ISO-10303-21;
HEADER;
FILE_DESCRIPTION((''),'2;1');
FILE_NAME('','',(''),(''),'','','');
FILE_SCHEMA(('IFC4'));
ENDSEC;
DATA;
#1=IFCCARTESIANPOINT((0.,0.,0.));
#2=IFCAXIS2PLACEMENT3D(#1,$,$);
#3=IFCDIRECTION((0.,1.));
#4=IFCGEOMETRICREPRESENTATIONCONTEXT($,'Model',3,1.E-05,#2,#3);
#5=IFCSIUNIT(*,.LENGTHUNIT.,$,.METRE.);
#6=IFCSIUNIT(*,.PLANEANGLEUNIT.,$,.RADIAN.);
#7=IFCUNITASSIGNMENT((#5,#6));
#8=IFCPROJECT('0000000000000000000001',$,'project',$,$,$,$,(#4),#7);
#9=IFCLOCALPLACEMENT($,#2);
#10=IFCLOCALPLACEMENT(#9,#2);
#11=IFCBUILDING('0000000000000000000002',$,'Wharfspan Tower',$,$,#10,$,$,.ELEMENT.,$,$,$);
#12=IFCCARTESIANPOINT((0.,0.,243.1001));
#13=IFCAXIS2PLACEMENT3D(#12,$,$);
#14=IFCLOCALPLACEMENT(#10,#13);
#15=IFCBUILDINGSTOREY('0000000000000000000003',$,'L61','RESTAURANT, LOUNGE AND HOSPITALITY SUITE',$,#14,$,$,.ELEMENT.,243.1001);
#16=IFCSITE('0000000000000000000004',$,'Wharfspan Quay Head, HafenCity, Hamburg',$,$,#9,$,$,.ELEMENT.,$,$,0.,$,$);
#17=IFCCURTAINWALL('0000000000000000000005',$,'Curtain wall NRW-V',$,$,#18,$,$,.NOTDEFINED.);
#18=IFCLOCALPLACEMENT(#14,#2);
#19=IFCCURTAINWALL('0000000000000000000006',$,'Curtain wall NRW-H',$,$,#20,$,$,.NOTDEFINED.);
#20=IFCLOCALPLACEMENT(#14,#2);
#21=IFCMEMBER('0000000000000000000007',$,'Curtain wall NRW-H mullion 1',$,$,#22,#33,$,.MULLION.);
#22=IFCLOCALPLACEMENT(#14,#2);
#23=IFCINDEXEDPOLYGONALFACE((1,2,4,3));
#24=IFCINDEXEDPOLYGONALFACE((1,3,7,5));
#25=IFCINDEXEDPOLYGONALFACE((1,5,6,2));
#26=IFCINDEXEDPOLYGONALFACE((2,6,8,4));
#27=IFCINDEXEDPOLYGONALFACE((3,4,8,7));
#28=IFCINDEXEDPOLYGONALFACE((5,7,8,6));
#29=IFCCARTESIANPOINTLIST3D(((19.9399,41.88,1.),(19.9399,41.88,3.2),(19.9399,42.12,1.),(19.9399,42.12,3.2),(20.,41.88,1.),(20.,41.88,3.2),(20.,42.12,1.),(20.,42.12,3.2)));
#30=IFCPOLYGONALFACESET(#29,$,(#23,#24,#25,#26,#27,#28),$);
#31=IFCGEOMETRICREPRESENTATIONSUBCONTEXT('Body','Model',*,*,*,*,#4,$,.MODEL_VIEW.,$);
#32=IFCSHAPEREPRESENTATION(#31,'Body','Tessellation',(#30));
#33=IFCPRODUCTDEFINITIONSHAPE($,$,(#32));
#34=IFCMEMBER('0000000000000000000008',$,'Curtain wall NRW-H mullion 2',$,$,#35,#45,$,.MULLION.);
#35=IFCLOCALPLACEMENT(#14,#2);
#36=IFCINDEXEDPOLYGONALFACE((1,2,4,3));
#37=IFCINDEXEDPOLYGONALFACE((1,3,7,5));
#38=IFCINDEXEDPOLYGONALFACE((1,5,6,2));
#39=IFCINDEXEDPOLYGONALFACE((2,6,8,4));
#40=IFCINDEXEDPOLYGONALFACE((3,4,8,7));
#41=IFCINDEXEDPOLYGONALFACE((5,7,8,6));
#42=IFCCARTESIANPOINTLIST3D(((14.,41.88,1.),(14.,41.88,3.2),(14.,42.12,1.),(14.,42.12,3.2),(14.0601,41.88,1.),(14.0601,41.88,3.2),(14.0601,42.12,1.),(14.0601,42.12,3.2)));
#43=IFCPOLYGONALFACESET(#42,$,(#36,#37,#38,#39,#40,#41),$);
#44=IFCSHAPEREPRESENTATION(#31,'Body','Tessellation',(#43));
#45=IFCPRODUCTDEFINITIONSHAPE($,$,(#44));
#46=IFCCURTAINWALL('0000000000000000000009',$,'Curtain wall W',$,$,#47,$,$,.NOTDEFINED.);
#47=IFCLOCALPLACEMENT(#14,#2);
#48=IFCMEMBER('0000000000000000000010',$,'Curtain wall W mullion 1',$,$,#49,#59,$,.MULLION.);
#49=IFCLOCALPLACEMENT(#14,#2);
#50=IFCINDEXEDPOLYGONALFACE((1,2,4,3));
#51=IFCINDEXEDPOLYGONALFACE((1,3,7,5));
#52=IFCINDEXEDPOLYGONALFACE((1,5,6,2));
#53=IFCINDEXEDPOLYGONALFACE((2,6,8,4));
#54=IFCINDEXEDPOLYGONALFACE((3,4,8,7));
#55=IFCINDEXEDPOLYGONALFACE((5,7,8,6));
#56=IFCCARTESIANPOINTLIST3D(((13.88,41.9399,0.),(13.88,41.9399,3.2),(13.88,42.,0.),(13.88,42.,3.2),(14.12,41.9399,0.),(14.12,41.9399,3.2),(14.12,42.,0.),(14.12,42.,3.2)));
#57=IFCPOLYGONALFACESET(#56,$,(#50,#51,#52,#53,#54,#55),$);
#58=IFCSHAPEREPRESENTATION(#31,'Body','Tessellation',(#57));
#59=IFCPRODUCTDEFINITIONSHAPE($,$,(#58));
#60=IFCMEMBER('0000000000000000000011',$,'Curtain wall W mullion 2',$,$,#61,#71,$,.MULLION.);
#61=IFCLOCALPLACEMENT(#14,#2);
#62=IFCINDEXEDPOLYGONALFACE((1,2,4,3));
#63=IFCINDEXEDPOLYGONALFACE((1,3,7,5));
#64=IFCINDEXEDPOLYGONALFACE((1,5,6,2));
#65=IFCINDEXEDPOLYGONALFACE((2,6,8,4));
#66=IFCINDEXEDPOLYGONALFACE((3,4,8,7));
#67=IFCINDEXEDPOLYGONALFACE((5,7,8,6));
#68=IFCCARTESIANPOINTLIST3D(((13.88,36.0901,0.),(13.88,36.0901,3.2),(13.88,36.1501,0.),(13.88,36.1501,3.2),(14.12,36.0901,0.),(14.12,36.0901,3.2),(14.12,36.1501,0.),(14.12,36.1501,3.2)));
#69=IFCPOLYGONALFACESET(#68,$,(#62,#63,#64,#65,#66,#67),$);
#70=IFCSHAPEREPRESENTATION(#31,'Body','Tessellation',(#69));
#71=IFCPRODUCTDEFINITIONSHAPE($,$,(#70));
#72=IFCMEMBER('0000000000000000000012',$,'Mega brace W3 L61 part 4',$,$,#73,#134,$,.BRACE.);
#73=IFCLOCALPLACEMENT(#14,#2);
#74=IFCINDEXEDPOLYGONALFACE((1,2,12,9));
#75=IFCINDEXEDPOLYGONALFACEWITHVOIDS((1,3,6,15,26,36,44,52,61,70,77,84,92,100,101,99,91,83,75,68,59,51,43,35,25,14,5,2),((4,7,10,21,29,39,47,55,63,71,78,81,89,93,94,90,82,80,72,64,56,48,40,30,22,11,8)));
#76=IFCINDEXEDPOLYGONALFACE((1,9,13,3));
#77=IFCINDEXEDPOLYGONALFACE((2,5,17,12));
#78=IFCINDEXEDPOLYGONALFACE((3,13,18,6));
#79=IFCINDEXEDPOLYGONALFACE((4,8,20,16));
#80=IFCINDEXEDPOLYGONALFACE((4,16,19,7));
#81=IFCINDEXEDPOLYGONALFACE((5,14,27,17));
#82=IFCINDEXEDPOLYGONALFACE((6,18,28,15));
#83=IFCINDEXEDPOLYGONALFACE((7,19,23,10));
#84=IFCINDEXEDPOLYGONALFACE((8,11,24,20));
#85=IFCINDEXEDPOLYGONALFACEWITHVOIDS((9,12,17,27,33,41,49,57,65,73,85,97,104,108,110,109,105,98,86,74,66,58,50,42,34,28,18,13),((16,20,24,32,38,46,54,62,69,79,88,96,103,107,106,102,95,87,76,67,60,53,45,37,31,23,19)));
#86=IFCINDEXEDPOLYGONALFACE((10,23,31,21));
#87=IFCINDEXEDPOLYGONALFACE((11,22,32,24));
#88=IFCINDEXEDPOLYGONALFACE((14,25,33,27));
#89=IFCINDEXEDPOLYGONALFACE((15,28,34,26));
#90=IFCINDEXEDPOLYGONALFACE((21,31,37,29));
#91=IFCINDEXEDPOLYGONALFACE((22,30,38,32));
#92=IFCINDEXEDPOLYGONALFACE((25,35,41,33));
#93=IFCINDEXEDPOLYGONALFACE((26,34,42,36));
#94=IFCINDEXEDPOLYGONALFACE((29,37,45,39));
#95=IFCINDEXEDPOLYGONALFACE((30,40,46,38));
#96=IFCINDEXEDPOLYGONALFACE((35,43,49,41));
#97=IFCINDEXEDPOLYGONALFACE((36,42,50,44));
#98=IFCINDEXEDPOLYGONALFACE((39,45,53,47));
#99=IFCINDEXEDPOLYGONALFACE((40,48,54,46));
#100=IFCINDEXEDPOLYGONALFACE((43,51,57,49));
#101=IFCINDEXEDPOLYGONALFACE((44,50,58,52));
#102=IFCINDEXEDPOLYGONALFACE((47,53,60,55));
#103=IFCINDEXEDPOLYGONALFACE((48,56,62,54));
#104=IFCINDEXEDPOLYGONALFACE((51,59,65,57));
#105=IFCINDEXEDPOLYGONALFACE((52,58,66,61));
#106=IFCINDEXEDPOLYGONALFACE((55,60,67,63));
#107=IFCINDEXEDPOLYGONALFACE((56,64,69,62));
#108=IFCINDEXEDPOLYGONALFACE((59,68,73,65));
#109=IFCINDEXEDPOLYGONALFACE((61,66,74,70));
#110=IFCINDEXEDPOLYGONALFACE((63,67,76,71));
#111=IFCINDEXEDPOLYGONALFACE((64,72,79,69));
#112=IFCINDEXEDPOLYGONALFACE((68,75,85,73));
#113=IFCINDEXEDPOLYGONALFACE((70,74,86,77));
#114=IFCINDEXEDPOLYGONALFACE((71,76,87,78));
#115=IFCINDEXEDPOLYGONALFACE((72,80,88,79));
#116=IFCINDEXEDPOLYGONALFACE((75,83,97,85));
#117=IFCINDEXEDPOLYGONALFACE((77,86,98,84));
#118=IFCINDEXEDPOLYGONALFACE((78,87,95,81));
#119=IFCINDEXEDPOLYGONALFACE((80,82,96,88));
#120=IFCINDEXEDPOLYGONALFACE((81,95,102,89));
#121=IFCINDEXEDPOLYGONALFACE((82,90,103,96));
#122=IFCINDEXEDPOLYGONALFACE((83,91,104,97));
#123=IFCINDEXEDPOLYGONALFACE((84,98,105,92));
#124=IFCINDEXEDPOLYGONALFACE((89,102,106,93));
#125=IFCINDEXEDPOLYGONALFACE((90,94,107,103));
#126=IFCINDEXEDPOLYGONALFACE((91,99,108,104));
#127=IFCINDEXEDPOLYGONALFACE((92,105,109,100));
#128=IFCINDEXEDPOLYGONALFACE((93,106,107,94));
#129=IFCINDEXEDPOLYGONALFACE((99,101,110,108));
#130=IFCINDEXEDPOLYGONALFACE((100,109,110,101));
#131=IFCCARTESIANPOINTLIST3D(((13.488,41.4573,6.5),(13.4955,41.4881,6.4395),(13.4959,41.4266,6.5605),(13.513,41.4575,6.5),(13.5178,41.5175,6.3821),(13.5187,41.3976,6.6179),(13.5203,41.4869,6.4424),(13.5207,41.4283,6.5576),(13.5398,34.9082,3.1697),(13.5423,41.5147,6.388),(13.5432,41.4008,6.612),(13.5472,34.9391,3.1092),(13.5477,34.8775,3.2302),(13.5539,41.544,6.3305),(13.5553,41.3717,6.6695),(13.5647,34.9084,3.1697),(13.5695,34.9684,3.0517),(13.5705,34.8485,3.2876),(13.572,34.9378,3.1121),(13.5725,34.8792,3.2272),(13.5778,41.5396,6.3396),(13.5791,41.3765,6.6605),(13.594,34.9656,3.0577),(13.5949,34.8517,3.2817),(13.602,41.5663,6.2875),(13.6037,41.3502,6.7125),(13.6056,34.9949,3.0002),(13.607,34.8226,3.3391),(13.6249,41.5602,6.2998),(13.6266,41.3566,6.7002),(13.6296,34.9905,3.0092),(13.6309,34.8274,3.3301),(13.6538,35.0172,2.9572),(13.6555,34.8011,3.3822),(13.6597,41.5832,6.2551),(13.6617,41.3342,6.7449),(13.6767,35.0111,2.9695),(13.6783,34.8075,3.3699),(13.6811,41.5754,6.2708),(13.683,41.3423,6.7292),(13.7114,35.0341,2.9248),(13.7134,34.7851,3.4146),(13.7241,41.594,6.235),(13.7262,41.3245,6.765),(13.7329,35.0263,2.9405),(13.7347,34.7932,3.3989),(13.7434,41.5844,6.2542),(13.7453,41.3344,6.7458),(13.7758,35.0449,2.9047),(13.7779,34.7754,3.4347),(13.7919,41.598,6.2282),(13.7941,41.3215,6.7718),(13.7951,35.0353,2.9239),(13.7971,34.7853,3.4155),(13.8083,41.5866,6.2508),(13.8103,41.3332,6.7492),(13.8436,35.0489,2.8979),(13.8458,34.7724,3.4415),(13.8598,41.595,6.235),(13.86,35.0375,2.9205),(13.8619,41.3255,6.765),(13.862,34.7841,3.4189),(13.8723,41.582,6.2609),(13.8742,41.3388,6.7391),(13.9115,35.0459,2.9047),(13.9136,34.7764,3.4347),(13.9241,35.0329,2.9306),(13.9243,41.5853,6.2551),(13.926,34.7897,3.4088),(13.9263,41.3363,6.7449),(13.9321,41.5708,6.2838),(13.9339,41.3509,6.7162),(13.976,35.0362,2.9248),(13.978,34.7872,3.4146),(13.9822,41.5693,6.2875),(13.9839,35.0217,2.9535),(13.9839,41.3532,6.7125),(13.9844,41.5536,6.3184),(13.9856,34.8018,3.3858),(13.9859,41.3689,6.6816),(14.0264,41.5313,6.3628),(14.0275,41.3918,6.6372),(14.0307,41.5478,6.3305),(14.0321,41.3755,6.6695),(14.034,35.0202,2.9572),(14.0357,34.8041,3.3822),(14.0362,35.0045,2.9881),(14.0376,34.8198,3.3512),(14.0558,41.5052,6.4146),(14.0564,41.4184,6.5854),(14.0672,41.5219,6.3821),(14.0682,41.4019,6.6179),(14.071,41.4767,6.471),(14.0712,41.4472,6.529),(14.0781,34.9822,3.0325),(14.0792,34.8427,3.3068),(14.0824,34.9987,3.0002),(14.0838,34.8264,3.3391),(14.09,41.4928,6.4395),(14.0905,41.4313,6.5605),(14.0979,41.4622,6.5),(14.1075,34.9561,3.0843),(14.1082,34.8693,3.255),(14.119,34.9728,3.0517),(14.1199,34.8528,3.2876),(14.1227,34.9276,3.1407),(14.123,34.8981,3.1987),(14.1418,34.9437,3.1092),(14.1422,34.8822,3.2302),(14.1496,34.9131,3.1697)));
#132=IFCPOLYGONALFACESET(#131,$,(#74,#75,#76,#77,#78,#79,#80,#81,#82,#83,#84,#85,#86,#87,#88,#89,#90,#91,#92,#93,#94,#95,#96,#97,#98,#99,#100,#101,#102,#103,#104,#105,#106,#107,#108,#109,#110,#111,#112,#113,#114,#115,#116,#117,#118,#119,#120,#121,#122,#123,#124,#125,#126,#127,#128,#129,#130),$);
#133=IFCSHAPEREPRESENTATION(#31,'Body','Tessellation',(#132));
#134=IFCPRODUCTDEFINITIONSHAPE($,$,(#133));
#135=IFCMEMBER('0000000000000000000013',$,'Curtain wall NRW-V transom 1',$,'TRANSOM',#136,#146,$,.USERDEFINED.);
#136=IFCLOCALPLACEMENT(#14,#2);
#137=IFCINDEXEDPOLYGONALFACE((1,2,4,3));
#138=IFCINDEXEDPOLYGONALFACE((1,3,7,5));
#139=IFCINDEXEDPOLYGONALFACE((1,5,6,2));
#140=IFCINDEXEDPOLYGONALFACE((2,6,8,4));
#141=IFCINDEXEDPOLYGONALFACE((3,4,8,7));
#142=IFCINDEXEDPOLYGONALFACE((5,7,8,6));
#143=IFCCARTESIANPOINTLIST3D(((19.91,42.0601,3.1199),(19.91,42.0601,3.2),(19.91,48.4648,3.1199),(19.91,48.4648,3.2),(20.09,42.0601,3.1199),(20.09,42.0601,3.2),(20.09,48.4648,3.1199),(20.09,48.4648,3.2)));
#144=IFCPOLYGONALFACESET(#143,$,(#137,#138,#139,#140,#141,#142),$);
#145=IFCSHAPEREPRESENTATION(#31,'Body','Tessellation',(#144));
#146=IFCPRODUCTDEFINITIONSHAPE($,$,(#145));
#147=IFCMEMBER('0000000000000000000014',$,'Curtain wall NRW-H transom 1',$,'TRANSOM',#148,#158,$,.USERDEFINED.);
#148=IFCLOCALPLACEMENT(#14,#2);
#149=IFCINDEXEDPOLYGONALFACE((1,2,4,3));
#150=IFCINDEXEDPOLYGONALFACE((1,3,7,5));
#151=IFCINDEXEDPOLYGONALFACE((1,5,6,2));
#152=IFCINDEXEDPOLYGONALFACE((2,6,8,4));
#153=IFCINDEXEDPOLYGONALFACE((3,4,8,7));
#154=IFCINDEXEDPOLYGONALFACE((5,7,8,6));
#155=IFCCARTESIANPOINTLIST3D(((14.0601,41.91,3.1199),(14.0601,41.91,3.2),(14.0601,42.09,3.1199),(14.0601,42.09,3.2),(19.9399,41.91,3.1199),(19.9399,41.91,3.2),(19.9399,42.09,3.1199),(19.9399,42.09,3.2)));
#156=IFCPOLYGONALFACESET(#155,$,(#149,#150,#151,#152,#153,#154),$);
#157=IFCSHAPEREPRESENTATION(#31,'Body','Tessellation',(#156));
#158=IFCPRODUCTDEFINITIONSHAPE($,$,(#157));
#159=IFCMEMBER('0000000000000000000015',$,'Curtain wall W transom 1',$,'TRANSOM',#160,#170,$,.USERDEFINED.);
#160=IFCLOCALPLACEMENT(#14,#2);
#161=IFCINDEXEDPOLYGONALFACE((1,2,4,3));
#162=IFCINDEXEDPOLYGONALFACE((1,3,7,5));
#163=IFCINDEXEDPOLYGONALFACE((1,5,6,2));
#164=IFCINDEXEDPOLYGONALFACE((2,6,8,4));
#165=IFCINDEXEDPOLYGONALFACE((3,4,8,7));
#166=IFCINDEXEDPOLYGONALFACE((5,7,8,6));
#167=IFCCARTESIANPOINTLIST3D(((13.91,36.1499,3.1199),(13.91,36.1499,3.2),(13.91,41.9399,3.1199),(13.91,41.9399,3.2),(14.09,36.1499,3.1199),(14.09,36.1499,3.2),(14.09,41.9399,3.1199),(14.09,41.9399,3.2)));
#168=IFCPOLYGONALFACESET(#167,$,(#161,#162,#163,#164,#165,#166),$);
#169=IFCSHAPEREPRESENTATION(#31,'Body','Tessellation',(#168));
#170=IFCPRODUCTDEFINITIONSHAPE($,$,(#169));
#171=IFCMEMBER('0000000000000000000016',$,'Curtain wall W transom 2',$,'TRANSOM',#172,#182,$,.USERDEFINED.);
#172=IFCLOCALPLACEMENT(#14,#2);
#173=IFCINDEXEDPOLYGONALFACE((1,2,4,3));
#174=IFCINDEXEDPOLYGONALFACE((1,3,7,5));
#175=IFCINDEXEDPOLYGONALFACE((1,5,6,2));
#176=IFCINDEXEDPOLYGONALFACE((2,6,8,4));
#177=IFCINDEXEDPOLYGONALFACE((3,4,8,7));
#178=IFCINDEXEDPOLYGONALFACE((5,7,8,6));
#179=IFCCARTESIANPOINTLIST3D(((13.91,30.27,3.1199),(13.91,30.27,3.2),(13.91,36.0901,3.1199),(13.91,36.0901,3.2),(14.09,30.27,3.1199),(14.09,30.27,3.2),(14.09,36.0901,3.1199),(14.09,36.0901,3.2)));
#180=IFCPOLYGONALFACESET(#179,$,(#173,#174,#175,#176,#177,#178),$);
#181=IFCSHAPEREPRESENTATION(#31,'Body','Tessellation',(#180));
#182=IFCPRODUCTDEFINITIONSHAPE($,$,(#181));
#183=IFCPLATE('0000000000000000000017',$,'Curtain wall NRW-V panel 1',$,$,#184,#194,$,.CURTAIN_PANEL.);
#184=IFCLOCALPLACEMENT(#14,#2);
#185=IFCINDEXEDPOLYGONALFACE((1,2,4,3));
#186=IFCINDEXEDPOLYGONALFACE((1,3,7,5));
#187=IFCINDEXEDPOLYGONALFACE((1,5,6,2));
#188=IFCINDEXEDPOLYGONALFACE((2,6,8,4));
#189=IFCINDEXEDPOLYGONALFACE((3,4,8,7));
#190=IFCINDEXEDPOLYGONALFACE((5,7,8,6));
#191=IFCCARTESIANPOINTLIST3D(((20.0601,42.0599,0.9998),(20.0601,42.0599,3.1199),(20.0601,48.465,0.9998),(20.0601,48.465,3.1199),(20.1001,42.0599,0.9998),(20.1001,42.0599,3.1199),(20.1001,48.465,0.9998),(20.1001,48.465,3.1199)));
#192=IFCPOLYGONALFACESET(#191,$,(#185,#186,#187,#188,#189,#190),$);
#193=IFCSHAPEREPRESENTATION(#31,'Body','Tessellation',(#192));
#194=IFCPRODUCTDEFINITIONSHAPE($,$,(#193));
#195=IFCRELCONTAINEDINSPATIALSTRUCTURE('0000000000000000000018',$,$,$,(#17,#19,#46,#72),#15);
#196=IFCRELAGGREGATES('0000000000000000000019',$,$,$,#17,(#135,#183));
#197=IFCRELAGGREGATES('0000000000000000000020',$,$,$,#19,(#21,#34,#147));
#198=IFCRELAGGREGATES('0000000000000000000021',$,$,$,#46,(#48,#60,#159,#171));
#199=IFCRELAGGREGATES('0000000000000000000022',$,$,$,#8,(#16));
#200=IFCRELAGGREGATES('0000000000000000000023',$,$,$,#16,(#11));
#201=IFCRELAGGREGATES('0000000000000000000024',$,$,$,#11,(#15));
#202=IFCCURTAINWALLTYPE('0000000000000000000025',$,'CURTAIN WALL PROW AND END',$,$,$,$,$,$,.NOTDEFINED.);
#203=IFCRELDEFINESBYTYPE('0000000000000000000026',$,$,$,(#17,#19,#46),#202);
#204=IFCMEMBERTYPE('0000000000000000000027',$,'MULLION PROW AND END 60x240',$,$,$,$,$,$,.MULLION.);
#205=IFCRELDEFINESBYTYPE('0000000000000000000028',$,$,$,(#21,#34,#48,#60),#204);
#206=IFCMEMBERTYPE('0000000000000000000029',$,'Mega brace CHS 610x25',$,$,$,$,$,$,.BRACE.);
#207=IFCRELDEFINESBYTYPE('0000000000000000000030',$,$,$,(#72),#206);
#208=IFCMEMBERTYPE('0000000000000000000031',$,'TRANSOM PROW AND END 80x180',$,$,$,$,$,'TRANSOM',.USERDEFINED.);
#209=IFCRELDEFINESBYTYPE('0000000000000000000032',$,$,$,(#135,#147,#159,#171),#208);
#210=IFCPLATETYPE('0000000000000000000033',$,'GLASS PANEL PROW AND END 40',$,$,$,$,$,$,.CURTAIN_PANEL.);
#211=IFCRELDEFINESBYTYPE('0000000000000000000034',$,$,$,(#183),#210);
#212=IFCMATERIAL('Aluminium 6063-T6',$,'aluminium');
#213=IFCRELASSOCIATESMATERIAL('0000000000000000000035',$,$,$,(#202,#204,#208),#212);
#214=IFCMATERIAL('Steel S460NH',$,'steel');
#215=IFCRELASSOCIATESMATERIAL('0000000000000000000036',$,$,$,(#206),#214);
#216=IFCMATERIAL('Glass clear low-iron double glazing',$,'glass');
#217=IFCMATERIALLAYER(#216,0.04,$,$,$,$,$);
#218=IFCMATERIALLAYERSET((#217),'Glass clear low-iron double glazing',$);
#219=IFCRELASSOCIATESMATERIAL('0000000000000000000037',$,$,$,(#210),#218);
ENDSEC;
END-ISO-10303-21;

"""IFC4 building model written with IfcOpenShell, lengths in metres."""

from ifc_helpers import new_model, si_unit, direction, frame, origin, origin_2d, place, context, subcontext, project, spatial, rectangle, hollow_circle, extrude, material, layer, layer_set, material_profile, profile_set, type_object, element, aggregate, save


model = new_model("IFC4")

# Units and contexts
model_context = context("Model", 3, precision=1e-05, world=origin(), true_north=direction((0.0, 1.0)))
body_context = subcontext(model_context, "Body", "Model", "MODEL_VIEW")
ifc_project = project(units=[si_unit("LENGTHUNIT", "METRE"), si_unit("PLANEANGLEUNIT", "RADIAN")], contexts=[model_context])

# Site, building, storey
site_placement = place(None, origin())
site = spatial("IfcSite", under=ifc_project, at=site_placement, Name="Wharfspan Quay Head, HafenCity, Hamburg", CompositionType="ELEMENT", RefElevation=0.0)
building_placement = place(site_placement, origin())
building = spatial("IfcBuilding", under=site, at=building_placement, Name="Wharfspan Tower", CompositionType="ELEMENT")
storey_placement = place(building_placement, frame((0.0, 0.0, 243.1001)))
storey = spatial("IfcBuildingStorey", under=building, at=storey_placement, Name="L61", Description="RESTAURANT, LOUNGE AND HOSPITALITY SUITE", CompositionType="ELEMENT", Elevation=243.1001)

# Curtain walls, members
ifc_material_1 = material(Name="Aluminium 6063-T6", Category="aluminium")
curtain_wall_type = type_object("IfcCurtainWallType", Name="CURTAIN WALL PROW AND END", PredefinedType="NOTDEFINED", material=ifc_material_1)
curtain_wall_1_placement = place(storey_placement, origin())
curtain_wall_1 = element("IfcCurtainWall", 1, at=curtain_wall_1_placement, inside=storey, type_object=curtain_wall_type, Name="Curtain wall NRW-V", PredefinedType="NOTDEFINED")
ifc_material_profile_1 = material_profile(ifc_material_1, rectangle(XDim=0.24, YDim=0.0601, at=origin_2d()))
ifc_profile_set_1 = profile_set([ifc_material_profile_1], Name="Aluminium 6063-T6")
member_type_1 = type_object("IfcMemberType", Name="MULLION PROW AND END 60x240", PredefinedType="MULLION", material=ifc_profile_set_1)
curtain_wall_2_placement = place(storey_placement, origin())
curtain_wall_2 = element("IfcCurtainWall", 2, at=curtain_wall_2_placement, inside=storey, type_object=curtain_wall_type, Name="Curtain wall NRW-H", PredefinedType="NOTDEFINED")
member_1_placement = place(storey_placement, frame((19.97, 42.0, 1.0), z_axis=(0.0, 0.0, 1.0), x_axis=(0.0, -1.0, 0.0)))
member_1 = element("IfcMember", 3, at=member_1_placement, type_object=member_type_1, Name="Curtain wall NRW-H mullion 1", PredefinedType="MULLION", context=body_context, shape_type="SweptSolid", body=[
    extrude(rectangle(XDim=0.24, YDim=0.0601, at=origin_2d()), origin(), (0.0, 0.0, 1.0), 2.2),
])
member_2_placement = place(storey_placement, frame((14.03, 42.0, 1.0), z_axis=(0.0, 0.0, 1.0), x_axis=(0.0, -1.0, 0.0)))
member_2 = element("IfcMember", 4, at=member_2_placement, type_object=member_type_1, Name="Curtain wall NRW-H mullion 2", PredefinedType="MULLION", context=body_context, shape_type="SweptSolid", body=[
    extrude(rectangle(XDim=0.24, YDim=0.0601, at=origin_2d()), origin(), (0.0, 0.0, 1.0), 2.2),
])
curtain_wall_3_placement = place(storey_placement, origin())
curtain_wall_3 = element("IfcCurtainWall", 5, at=curtain_wall_3_placement, inside=storey, type_object=curtain_wall_type, Name="Curtain wall W", PredefinedType="NOTDEFINED")
member_3_placement = place(storey_placement, frame((14.0, 41.97, 0.0), z_axis=(0.0, 0.0, 1.0), x_axis=(1.0, 0.0, 0.0)))
member_3 = element("IfcMember", 6, at=member_3_placement, type_object=member_type_1, Name="Curtain wall W mullion 1", PredefinedType="MULLION", context=body_context, shape_type="SweptSolid", body=[
    extrude(rectangle(XDim=0.24, YDim=0.0601, at=origin_2d()), origin(), (0.0, 0.0, 1.0), 3.2),
])
member_4_placement = place(storey_placement, frame((14.0, 36.1201, 0.0), z_axis=(0.0, 0.0, 1.0), x_axis=(1.0, 0.0, 0.0)))
member_4 = element("IfcMember", 7, at=member_4_placement, type_object=member_type_1, Name="Curtain wall W mullion 2", PredefinedType="MULLION", context=body_context, shape_type="SweptSolid", body=[
    extrude(rectangle(XDim=0.24, YDim=0.0601, at=origin_2d()), origin(), (0.0, 0.0, 1.0), 3.2),
])

# Members
ifc_material_2 = material(Name="Steel S460NH", Category="steel")
ifc_material_profile_2 = material_profile(ifc_material_2, hollow_circle(Radius=0.3049, WallThickness=0.0249, at=origin_2d()))
ifc_profile_set_2 = profile_set([ifc_material_profile_2], Name="Steel S460NH")
member_type_2 = type_object("IfcMemberType", Name="Mega brace CHS 610x25", PredefinedType="BRACE", material=ifc_profile_set_2)
member_5_placement = place(storey_placement, frame((13.8447, 34.9106, 3.1697), z_axis=(-0.007044, 0.891347, 0.453266), x_axis=(-0.999973, -0.007904, 0.000003)))
element("IfcMember", 8, at=member_5_placement, inside=storey, type_object=member_type_2, Name="Mega brace W3 L61 part 4", PredefinedType="BRACE", context=body_context, shape_type="SweptSolid", body=[
    extrude(hollow_circle(Radius=0.3049, WallThickness=0.0249, at=origin_2d()), origin(), (0.0, 0.0, 1.0), 7.3474),
])
ifc_material_profile_3 = material_profile(ifc_material_1, rectangle(XDim=0.1799, YDim=0.0801, at=origin_2d()))
ifc_profile_set_3 = profile_set([ifc_material_profile_3], Name="Aluminium 6063-T6")
member_type_3 = type_object("IfcMemberType", Name="TRANSOM PROW AND END 80x180", ElementType="TRANSOM", PredefinedType="USERDEFINED", material=ifc_profile_set_3)
member_6_placement = place(storey_placement, frame((20.0, 48.4648, 3.1599), z_axis=(0.0, -1.0, 0.0), x_axis=(1.0, 0.0, 0.0)))
member_6 = element("IfcMember", 9, at=member_6_placement, type_object=member_type_3, Name="Curtain wall NRW-V transom 1", ObjectType="TRANSOM", PredefinedType="USERDEFINED", context=body_context, shape_type="SweptSolid", body=[
    extrude(rectangle(XDim=0.1799, YDim=0.0801, at=origin_2d()), origin(), (0.0, 0.0, 1.0), 6.4048),
])
member_7_placement = place(storey_placement, frame((19.9399, 42.0, 3.1599), z_axis=(-1.0, 0.0, 0.0), x_axis=(0.0, -1.0, 0.0)))
member_7 = element("IfcMember", 10, at=member_7_placement, type_object=member_type_3, Name="Curtain wall NRW-H transom 1", ObjectType="TRANSOM", PredefinedType="USERDEFINED", context=body_context, shape_type="SweptSolid", body=[
    extrude(rectangle(XDim=0.1799, YDim=0.0801, at=origin_2d()), origin(), (0.0, 0.0, 1.0), 5.8799),
])
member_8_placement = place(storey_placement, frame((14.0, 41.9399, 3.1599), z_axis=(0.0, -1.0, 0.0), x_axis=(1.0, 0.0, 0.0)))
member_8 = element("IfcMember", 11, at=member_8_placement, type_object=member_type_3, Name="Curtain wall W transom 1", ObjectType="TRANSOM", PredefinedType="USERDEFINED", context=body_context, shape_type="SweptSolid", body=[
    extrude(rectangle(XDim=0.1799, YDim=0.0801, at=origin_2d()), origin(), (0.0, 0.0, 1.0), 5.79),
])
member_9_placement = place(storey_placement, frame((14.0, 36.0901, 3.1599), z_axis=(0.0, -1.0, 0.0), x_axis=(1.0, 0.0, 0.0)))
member_9 = element("IfcMember", 12, at=member_9_placement, type_object=member_type_3, Name="Curtain wall W transom 2", ObjectType="TRANSOM", PredefinedType="USERDEFINED", context=body_context, shape_type="SweptSolid", body=[
    extrude(rectangle(XDim=0.1799, YDim=0.0801, at=origin_2d()), origin(), (0.0, 0.0, 1.0), 5.8201),
])

# Plate
ifc_material_3 = material(Name="Glass clear low-iron double glazing", Category="glass")
ifc_layer_1 = layer(ifc_material_3, 0.04)
ifc_layer_set_1 = layer_set([ifc_layer_1], Name="Glass clear low-iron double glazing")
plate_type_1 = type_object("IfcPlateType", Name="GLASS PANEL PROW AND END 40", PredefinedType="CURTAIN_PANEL", material=ifc_layer_set_1)
plate_1_placement = place(storey_placement, frame((20.0801, 45.2625, 0.9998), z_axis=(0.0, 0.0, 1.0), x_axis=(0.0, -1.0, 0.0)))
plate_1 = element("IfcPlate", 13, at=plate_1_placement, type_object=plate_type_1, Name="Curtain wall NRW-V panel 1", PredefinedType="CURTAIN_PANEL", context=body_context, shape_type="SweptSolid", body=[
    extrude(rectangle(XDim=6.405, YDim=0.04, at=origin_2d()), origin(), (0.0, 0.0, 1.0), 2.1201),
])
aggregate(curtain_wall_1, [member_6, plate_1])
aggregate(curtain_wall_2, [member_1, member_2, member_7])
aggregate(curtain_wall_3, [member_3, member_4, member_8, member_9])

save(model, "model.ifc")
